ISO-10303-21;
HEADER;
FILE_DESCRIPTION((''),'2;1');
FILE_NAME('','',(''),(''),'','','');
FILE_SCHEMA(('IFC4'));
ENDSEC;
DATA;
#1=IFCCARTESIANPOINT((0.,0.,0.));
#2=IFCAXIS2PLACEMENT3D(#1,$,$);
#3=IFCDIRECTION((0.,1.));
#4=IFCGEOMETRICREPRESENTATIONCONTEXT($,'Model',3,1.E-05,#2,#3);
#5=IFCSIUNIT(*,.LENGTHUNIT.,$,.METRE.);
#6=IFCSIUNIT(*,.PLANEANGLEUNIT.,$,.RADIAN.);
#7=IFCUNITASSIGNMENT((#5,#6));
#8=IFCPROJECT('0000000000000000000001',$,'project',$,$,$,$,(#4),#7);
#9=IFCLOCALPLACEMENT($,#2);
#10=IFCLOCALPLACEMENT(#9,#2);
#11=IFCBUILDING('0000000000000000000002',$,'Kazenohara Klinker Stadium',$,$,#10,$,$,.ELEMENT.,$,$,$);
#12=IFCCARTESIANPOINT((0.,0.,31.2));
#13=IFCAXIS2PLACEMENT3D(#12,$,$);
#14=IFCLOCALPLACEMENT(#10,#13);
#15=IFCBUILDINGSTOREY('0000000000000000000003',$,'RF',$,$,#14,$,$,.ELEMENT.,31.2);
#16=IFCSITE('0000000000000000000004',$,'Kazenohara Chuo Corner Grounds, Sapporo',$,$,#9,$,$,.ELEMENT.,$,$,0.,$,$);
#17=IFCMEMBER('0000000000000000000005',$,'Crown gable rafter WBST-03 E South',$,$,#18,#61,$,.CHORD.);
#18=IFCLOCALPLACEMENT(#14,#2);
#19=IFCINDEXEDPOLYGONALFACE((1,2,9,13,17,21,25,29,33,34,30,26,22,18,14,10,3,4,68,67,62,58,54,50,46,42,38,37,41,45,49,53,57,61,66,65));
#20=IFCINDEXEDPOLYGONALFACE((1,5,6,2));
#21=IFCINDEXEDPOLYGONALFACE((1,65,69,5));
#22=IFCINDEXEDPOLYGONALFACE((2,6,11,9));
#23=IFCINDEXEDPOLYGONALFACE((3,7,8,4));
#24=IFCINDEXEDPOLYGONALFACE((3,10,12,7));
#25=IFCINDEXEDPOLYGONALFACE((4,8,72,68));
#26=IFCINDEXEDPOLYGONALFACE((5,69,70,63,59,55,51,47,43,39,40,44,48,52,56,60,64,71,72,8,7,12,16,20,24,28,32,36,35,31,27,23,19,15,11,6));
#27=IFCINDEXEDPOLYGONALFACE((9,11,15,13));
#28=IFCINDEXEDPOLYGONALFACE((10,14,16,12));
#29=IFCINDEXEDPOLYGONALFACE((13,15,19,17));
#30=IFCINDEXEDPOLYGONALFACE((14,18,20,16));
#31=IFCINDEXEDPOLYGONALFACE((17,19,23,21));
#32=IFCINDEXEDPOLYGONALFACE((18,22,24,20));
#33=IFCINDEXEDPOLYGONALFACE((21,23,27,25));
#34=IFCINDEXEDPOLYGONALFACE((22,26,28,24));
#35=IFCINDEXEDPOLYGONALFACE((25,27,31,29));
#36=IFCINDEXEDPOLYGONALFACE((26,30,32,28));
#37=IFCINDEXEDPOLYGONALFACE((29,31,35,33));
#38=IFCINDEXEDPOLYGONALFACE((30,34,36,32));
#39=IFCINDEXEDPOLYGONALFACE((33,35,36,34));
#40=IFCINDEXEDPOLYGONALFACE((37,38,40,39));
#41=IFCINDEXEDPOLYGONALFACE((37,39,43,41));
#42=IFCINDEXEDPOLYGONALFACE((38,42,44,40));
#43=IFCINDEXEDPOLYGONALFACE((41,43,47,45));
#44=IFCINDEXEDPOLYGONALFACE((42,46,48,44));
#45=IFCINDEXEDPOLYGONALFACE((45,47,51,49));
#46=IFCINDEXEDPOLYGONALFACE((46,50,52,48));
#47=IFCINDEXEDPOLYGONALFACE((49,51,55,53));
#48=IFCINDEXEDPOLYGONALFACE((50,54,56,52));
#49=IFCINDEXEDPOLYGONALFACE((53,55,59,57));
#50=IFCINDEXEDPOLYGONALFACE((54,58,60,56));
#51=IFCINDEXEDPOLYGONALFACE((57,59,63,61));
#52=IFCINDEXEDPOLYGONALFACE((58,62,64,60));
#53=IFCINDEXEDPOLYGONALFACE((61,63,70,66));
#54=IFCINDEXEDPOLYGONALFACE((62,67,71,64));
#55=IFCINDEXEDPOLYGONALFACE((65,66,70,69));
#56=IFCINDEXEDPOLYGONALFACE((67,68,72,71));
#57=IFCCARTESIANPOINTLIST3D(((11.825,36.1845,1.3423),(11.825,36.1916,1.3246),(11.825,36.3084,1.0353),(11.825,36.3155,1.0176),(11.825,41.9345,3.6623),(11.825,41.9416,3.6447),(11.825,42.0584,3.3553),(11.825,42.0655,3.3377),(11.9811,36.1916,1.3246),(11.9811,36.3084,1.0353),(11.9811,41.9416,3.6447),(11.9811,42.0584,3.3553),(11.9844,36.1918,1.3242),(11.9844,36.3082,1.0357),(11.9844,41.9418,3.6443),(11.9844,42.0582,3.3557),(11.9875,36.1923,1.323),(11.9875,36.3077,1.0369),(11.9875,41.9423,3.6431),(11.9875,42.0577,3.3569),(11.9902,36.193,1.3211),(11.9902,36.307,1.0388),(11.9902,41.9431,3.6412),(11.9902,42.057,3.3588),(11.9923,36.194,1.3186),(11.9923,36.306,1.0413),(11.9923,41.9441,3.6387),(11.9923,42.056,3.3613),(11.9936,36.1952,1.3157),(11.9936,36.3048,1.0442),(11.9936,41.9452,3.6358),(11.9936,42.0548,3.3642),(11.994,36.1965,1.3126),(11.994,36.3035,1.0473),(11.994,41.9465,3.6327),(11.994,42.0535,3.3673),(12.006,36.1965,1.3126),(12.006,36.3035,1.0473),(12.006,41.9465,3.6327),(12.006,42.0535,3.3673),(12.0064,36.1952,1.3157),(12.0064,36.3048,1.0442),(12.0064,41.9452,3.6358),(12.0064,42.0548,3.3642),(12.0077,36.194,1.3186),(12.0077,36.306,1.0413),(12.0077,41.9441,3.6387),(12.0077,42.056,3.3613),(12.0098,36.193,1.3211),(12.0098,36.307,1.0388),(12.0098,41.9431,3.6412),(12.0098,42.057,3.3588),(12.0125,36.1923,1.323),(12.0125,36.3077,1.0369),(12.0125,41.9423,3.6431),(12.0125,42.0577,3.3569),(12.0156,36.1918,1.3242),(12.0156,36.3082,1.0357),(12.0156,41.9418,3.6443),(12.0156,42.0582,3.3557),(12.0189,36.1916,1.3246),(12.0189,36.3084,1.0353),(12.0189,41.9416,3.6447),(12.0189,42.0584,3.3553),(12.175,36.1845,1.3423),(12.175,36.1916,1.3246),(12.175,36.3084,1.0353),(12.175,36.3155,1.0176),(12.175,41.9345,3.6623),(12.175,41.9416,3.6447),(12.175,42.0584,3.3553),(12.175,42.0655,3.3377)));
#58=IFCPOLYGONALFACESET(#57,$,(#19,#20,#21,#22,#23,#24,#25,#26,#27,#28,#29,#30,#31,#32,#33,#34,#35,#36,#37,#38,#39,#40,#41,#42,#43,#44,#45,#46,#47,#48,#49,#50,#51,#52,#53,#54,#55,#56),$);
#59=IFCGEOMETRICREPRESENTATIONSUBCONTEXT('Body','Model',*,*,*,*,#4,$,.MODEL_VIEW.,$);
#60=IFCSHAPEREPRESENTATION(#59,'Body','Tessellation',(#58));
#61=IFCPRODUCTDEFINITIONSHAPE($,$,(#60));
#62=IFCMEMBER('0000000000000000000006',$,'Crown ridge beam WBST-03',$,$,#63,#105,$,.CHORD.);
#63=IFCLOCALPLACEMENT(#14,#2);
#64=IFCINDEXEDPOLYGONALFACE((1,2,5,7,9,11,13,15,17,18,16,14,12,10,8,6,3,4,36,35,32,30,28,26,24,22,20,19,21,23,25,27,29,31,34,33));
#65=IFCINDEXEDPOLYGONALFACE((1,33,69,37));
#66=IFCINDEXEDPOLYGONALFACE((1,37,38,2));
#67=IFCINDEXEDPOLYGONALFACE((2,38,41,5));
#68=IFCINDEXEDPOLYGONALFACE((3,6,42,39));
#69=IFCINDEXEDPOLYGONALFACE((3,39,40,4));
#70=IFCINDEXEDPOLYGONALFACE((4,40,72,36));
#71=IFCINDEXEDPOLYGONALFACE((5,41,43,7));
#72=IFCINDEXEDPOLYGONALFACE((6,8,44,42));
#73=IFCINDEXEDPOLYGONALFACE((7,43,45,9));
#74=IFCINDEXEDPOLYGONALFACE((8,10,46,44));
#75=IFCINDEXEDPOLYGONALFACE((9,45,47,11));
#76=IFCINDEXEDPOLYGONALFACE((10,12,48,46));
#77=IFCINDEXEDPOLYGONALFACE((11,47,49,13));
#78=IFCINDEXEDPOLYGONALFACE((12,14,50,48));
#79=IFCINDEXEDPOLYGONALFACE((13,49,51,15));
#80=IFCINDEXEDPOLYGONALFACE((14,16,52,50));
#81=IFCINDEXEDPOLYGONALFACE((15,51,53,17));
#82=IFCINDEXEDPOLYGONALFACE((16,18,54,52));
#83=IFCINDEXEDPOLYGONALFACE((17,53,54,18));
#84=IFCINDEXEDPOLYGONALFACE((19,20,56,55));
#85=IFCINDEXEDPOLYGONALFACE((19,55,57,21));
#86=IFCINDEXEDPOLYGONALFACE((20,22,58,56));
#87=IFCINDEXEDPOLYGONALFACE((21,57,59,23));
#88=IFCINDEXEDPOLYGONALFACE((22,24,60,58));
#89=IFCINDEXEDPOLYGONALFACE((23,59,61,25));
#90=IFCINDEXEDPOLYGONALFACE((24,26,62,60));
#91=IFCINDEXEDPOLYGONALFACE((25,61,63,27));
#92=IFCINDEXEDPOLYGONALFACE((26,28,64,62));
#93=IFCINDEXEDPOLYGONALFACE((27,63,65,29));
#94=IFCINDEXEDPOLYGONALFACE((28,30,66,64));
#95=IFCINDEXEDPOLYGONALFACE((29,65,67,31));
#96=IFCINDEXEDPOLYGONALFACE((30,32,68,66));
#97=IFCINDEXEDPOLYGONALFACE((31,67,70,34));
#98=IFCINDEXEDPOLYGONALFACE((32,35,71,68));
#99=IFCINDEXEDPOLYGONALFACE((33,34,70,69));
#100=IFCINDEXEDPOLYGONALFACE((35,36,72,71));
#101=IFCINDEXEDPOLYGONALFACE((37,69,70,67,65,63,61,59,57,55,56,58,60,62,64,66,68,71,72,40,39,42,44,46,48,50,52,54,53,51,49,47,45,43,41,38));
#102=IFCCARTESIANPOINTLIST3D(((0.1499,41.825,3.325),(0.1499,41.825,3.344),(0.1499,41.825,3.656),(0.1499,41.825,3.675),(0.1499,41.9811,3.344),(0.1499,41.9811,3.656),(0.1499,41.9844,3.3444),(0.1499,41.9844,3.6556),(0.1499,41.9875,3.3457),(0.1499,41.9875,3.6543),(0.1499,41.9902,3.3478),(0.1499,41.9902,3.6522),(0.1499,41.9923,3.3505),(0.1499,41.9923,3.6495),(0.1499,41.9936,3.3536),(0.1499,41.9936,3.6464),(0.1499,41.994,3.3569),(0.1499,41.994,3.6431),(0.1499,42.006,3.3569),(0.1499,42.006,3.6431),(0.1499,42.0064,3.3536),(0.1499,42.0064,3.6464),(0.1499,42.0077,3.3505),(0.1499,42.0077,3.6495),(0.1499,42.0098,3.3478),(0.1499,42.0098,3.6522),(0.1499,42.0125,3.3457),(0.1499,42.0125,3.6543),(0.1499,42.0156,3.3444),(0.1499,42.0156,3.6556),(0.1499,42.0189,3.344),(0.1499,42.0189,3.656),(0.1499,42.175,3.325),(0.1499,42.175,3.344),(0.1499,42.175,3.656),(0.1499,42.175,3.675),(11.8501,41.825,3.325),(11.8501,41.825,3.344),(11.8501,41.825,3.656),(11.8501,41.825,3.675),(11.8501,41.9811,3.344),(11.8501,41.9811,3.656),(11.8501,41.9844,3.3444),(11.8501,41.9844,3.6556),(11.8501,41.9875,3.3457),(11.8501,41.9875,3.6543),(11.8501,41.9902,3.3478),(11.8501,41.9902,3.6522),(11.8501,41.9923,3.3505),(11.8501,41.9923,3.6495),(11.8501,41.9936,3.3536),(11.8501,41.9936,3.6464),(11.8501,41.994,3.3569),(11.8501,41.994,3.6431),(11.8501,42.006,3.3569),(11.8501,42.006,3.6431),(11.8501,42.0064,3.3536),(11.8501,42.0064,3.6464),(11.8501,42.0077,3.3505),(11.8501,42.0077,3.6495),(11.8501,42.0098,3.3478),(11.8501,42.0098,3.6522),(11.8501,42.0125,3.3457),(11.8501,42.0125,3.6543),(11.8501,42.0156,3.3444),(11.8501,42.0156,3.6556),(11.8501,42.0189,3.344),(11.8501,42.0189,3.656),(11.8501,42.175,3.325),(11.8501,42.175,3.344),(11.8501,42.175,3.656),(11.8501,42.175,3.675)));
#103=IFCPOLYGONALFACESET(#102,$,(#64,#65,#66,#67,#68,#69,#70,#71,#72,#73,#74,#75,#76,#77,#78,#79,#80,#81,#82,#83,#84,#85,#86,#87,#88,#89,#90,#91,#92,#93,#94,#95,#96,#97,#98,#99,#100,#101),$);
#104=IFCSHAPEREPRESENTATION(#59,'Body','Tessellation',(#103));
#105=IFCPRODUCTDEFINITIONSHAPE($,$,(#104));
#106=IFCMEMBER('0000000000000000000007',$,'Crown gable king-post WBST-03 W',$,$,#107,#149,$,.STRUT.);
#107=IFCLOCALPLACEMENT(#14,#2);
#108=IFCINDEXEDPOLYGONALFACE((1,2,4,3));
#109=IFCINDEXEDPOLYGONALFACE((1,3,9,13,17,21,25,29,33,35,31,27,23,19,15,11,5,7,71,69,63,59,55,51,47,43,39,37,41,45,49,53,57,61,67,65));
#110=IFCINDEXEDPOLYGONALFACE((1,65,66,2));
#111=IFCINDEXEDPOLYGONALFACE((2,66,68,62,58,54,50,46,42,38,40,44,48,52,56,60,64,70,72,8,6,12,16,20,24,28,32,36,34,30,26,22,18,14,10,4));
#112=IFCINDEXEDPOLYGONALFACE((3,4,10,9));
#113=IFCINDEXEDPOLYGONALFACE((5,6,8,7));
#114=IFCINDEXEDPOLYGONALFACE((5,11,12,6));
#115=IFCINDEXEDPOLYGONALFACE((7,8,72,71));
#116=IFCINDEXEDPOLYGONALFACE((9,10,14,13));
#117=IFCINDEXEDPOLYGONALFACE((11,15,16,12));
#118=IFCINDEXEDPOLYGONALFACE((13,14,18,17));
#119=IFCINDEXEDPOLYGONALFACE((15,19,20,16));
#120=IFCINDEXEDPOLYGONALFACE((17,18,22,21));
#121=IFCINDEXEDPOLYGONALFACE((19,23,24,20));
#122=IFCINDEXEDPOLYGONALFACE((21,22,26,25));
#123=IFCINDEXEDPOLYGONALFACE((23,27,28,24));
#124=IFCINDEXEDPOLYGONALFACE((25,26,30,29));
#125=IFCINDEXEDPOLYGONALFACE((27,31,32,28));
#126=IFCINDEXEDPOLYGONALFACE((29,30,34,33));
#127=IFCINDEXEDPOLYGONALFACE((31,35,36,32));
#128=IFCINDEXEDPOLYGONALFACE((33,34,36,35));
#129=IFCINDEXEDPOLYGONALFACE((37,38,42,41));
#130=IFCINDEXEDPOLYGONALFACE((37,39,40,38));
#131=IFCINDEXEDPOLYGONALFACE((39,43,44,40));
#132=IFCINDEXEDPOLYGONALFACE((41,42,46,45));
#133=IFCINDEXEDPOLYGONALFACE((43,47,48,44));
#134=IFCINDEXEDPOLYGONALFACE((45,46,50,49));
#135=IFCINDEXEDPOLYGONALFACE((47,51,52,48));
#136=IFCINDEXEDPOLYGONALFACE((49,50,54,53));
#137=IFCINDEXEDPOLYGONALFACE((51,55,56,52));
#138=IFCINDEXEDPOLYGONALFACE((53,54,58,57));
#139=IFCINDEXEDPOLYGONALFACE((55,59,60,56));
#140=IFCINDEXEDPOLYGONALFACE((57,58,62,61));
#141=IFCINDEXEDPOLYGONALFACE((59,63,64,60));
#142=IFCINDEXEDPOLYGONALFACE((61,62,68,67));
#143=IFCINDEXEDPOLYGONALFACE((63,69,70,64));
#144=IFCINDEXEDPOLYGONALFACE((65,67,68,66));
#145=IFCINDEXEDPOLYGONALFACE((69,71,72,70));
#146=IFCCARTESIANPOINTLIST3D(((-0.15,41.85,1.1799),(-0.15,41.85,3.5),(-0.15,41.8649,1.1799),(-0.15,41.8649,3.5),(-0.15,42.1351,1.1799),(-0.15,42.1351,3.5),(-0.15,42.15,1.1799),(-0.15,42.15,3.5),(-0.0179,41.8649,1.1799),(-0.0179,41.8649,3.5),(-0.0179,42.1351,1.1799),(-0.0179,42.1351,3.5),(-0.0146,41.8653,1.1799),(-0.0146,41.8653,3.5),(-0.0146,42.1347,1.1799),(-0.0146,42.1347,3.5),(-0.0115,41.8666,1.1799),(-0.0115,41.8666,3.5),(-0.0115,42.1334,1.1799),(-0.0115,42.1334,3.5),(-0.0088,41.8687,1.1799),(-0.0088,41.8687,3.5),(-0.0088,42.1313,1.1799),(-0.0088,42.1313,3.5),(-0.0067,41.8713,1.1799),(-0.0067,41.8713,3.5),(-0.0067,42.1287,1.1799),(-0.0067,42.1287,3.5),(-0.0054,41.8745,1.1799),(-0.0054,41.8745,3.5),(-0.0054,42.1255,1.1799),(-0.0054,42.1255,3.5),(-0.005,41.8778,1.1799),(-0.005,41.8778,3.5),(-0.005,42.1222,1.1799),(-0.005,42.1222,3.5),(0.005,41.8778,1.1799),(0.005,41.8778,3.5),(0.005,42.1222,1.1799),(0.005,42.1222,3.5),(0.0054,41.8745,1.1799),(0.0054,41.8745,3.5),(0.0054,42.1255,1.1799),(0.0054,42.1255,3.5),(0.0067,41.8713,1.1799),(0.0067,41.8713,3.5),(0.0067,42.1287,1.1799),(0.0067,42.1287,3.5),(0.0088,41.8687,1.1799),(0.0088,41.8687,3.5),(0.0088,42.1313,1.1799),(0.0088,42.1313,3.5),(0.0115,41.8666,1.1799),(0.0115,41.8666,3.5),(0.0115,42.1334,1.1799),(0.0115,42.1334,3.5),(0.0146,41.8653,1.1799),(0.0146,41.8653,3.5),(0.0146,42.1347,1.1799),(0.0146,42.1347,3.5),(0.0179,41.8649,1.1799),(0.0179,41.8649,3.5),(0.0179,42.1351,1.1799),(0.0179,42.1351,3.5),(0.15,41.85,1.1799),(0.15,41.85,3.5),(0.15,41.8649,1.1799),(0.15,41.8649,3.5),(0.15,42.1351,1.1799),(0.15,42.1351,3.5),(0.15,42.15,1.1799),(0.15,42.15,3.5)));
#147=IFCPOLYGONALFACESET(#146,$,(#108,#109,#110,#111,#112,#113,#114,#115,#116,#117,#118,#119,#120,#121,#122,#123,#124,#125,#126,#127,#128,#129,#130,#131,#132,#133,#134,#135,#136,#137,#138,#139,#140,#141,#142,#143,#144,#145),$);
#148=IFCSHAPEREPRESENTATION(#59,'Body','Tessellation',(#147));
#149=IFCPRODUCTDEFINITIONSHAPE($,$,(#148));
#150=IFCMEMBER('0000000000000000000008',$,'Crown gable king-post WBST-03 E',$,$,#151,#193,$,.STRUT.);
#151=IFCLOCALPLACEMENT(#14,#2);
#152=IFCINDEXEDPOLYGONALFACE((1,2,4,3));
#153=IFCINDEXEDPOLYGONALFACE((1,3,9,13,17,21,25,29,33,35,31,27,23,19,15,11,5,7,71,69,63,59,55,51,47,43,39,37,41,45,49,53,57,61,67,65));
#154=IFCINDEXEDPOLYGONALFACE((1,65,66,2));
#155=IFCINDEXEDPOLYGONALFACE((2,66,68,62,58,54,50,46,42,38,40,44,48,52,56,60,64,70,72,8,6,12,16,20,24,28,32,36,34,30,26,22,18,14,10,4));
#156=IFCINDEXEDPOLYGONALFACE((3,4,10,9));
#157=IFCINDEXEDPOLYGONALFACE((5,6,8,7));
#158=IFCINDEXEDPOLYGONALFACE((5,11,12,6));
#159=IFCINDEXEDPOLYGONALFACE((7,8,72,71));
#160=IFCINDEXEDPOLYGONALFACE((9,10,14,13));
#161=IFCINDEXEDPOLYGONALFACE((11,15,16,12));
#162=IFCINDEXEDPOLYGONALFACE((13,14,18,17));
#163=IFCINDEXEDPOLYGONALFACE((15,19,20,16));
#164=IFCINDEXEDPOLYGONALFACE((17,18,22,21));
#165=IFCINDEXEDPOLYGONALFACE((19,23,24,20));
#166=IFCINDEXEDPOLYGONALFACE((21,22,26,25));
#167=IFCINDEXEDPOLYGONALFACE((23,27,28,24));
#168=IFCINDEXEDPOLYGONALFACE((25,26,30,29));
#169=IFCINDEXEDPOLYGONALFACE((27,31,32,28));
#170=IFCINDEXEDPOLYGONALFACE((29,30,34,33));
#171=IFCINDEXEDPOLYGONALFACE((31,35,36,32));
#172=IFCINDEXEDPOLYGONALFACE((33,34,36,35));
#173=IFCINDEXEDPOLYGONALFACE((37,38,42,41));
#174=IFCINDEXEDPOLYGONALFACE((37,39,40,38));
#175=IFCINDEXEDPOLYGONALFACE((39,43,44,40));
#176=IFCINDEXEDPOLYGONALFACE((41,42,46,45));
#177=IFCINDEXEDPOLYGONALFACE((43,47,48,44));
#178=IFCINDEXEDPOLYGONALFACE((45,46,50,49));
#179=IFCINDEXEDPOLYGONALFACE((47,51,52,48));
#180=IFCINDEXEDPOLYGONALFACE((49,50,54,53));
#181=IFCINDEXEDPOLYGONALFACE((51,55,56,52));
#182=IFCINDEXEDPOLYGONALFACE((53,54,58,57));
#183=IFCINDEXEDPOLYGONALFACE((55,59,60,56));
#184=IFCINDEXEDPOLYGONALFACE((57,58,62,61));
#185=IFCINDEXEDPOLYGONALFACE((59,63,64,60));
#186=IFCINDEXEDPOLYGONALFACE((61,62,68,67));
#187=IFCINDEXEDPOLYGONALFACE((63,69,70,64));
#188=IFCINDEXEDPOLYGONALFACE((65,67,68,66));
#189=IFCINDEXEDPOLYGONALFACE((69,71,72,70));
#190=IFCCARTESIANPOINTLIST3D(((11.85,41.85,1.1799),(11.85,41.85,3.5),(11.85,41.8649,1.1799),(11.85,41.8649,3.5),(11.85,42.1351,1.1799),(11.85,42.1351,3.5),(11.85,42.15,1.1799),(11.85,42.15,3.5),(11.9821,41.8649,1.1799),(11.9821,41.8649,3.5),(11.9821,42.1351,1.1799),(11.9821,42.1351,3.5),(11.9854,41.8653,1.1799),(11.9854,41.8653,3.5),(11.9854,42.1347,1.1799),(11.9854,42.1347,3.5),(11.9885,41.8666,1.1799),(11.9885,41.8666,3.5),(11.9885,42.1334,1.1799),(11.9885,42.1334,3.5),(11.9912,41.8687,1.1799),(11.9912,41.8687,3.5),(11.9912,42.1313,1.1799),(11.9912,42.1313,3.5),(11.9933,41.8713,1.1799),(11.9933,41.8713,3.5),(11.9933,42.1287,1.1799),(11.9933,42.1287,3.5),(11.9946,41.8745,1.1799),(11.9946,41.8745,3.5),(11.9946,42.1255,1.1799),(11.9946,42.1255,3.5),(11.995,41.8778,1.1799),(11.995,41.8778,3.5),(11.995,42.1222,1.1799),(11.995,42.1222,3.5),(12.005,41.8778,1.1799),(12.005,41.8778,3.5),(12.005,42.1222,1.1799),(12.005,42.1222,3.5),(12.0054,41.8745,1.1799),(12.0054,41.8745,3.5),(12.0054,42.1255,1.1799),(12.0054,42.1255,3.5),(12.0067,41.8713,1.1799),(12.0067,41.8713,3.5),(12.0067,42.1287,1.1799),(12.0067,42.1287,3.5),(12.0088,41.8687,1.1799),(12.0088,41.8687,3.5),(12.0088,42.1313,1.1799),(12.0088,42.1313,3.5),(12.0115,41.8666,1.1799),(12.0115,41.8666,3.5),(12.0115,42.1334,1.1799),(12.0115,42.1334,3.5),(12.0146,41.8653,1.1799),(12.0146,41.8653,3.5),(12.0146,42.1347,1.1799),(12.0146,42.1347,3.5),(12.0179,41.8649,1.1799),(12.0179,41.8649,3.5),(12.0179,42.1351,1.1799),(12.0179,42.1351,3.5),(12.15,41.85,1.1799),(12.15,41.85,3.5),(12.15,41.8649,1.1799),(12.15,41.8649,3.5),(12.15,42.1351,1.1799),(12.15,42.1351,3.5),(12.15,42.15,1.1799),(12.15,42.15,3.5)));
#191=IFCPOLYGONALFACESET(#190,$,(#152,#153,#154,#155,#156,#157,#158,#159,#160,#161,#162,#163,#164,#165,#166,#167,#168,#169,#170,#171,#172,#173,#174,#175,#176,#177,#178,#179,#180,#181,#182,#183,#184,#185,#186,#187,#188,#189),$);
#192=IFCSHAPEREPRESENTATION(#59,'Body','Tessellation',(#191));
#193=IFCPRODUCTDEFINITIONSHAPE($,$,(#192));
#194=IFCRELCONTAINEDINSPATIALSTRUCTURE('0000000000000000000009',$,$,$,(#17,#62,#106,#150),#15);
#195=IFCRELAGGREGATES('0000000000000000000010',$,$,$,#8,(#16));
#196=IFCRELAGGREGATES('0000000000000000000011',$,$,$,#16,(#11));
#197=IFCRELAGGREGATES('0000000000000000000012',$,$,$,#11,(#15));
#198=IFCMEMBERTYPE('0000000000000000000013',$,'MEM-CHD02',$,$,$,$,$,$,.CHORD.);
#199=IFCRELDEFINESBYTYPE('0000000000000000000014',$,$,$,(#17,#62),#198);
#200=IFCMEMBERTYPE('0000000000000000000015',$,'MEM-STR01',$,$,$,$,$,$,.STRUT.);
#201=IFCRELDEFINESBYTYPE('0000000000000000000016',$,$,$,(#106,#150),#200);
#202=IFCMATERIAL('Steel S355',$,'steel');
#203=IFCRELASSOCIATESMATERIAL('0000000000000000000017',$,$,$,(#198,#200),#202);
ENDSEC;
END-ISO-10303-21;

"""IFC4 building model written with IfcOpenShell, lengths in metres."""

from ifc_helpers import new_model, si_unit, direction, frame, origin, origin_2d, place, context, subcontext, project, spatial, i_section, extrude, material, material_profile, profile_set, type_object, element, save


model = new_model("IFC4")

# Units and contexts
model_context = context("Model", 3, precision=1e-05, world=origin(), true_north=direction((0.0, 1.0)))
body_context = subcontext(model_context, "Body", "Model", "MODEL_VIEW")
ifc_project = project(units=[si_unit("LENGTHUNIT", "METRE"), si_unit("PLANEANGLEUNIT", "RADIAN")], contexts=[model_context])

# Site, building, storey
site_placement = place(None, origin())
site = spatial("IfcSite", under=ifc_project, at=site_placement, Name="Kazenohara Chuo Corner Grounds, Sapporo", CompositionType="ELEMENT", RefElevation=0.0)
building_placement = place(site_placement, origin())
building = spatial("IfcBuilding", under=site, at=building_placement, Name="Kazenohara Klinker Stadium", CompositionType="ELEMENT")
storey_placement = place(building_placement, frame((0.0, 0.0, 31.2)))
storey = spatial("IfcBuildingStorey", under=building, at=storey_placement, Name="RF", CompositionType="ELEMENT", Elevation=31.2)

# Members
ifc_material_1 = material(Name="Steel S355", Category="steel")
ifc_material_profile_1 = material_profile(ifc_material_1, i_section(OverallWidth=0.3501, OverallDepth=0.3501, WebThickness=0.012, FlangeThickness=0.019, FilletRadius=0.0129, at=origin_2d()), Name="H-350x350x12x19")
ifc_profile_set_1 = profile_set([ifc_material_profile_1], Name="Steel S355")
member_type_1 = type_object("IfcMemberType", Name="MEM-CHD02", PredefinedType="CHORD", material=ifc_profile_set_1)
for number, where, z_axis, x_axis, name in (
    (1, (12.0, 36.25, 1.1799), (0.0, 0.927356, 0.374179), (-1.0, 0.0, 0.0), "Crown gable rafter WBST-03 E South"),
):
    element("IfcMember", number, at=place(storey_placement, frame(where, z_axis=z_axis, x_axis=x_axis)), inside=storey, type_object=member_type_1, Name=name, PredefinedType="CHORD", context=body_context, shape_type="SweptSolid", body=[
        extrude(i_section(OverallWidth=0.3501, OverallDepth=0.3501, WebThickness=0.012, FlangeThickness=0.019, FilletRadius=0.0129, at=origin_2d()), origin(), (0.0, 0.0, 1.0), 6.2004),
    ])
member_placement = place(storey_placement, frame((0.1499, 42.0, 3.5), z_axis=(1.0, 0.0, 0.0), x_axis=(0.0, 1.0, 0.0)))
element("IfcMember", 2, at=member_placement, inside=storey, type_object=member_type_1, Name="Crown ridge beam WBST-03", PredefinedType="CHORD", context=body_context, shape_type="SweptSolid", body=[
    extrude(i_section(OverallWidth=0.3501, OverallDepth=0.3501, WebThickness=0.012, FlangeThickness=0.019, FilletRadius=0.0129, at=origin_2d()), origin(), (0.0, 0.0, 1.0), 11.7002),
])
ifc_material_profile_2 = material_profile(ifc_material_1, i_section(OverallWidth=0.3, OverallDepth=0.3, WebThickness=0.01, FlangeThickness=0.0149, FilletRadius=0.0129, at=origin_2d()), Name="H-300x300x10x15")
ifc_profile_set_2 = profile_set([ifc_material_profile_2], Name="Steel S355")
member_type_2 = type_object("IfcMemberType", Name="MEM-STR01", PredefinedType="STRUT", material=ifc_profile_set_2)
for number, where, z_axis, x_axis, name in (
    (3, (0.0, 42.0, 1.1799), (0.0, 0.0, 1.0), (1.0, 0.0, 0.0), "Crown gable king-post WBST-03 W"),
    (4, (12.0, 42.0, 1.1799), (0.0, 0.0, 1.0), (1.0, 0.0, 0.0), "Crown gable king-post WBST-03 E"),
):
    element("IfcMember", number, at=place(storey_placement, frame(where, z_axis=z_axis, x_axis=x_axis)), inside=storey, type_object=member_type_2, Name=name, PredefinedType="STRUT", context=body_context, shape_type="SweptSolid", body=[
        extrude(i_section(OverallWidth=0.3, OverallDepth=0.3, WebThickness=0.01, FlangeThickness=0.0149, FilletRadius=0.0129, at=origin_2d()), origin(), (0.0, 0.0, 1.0), 2.3201),
    ])

save(model, "model.ifc")
